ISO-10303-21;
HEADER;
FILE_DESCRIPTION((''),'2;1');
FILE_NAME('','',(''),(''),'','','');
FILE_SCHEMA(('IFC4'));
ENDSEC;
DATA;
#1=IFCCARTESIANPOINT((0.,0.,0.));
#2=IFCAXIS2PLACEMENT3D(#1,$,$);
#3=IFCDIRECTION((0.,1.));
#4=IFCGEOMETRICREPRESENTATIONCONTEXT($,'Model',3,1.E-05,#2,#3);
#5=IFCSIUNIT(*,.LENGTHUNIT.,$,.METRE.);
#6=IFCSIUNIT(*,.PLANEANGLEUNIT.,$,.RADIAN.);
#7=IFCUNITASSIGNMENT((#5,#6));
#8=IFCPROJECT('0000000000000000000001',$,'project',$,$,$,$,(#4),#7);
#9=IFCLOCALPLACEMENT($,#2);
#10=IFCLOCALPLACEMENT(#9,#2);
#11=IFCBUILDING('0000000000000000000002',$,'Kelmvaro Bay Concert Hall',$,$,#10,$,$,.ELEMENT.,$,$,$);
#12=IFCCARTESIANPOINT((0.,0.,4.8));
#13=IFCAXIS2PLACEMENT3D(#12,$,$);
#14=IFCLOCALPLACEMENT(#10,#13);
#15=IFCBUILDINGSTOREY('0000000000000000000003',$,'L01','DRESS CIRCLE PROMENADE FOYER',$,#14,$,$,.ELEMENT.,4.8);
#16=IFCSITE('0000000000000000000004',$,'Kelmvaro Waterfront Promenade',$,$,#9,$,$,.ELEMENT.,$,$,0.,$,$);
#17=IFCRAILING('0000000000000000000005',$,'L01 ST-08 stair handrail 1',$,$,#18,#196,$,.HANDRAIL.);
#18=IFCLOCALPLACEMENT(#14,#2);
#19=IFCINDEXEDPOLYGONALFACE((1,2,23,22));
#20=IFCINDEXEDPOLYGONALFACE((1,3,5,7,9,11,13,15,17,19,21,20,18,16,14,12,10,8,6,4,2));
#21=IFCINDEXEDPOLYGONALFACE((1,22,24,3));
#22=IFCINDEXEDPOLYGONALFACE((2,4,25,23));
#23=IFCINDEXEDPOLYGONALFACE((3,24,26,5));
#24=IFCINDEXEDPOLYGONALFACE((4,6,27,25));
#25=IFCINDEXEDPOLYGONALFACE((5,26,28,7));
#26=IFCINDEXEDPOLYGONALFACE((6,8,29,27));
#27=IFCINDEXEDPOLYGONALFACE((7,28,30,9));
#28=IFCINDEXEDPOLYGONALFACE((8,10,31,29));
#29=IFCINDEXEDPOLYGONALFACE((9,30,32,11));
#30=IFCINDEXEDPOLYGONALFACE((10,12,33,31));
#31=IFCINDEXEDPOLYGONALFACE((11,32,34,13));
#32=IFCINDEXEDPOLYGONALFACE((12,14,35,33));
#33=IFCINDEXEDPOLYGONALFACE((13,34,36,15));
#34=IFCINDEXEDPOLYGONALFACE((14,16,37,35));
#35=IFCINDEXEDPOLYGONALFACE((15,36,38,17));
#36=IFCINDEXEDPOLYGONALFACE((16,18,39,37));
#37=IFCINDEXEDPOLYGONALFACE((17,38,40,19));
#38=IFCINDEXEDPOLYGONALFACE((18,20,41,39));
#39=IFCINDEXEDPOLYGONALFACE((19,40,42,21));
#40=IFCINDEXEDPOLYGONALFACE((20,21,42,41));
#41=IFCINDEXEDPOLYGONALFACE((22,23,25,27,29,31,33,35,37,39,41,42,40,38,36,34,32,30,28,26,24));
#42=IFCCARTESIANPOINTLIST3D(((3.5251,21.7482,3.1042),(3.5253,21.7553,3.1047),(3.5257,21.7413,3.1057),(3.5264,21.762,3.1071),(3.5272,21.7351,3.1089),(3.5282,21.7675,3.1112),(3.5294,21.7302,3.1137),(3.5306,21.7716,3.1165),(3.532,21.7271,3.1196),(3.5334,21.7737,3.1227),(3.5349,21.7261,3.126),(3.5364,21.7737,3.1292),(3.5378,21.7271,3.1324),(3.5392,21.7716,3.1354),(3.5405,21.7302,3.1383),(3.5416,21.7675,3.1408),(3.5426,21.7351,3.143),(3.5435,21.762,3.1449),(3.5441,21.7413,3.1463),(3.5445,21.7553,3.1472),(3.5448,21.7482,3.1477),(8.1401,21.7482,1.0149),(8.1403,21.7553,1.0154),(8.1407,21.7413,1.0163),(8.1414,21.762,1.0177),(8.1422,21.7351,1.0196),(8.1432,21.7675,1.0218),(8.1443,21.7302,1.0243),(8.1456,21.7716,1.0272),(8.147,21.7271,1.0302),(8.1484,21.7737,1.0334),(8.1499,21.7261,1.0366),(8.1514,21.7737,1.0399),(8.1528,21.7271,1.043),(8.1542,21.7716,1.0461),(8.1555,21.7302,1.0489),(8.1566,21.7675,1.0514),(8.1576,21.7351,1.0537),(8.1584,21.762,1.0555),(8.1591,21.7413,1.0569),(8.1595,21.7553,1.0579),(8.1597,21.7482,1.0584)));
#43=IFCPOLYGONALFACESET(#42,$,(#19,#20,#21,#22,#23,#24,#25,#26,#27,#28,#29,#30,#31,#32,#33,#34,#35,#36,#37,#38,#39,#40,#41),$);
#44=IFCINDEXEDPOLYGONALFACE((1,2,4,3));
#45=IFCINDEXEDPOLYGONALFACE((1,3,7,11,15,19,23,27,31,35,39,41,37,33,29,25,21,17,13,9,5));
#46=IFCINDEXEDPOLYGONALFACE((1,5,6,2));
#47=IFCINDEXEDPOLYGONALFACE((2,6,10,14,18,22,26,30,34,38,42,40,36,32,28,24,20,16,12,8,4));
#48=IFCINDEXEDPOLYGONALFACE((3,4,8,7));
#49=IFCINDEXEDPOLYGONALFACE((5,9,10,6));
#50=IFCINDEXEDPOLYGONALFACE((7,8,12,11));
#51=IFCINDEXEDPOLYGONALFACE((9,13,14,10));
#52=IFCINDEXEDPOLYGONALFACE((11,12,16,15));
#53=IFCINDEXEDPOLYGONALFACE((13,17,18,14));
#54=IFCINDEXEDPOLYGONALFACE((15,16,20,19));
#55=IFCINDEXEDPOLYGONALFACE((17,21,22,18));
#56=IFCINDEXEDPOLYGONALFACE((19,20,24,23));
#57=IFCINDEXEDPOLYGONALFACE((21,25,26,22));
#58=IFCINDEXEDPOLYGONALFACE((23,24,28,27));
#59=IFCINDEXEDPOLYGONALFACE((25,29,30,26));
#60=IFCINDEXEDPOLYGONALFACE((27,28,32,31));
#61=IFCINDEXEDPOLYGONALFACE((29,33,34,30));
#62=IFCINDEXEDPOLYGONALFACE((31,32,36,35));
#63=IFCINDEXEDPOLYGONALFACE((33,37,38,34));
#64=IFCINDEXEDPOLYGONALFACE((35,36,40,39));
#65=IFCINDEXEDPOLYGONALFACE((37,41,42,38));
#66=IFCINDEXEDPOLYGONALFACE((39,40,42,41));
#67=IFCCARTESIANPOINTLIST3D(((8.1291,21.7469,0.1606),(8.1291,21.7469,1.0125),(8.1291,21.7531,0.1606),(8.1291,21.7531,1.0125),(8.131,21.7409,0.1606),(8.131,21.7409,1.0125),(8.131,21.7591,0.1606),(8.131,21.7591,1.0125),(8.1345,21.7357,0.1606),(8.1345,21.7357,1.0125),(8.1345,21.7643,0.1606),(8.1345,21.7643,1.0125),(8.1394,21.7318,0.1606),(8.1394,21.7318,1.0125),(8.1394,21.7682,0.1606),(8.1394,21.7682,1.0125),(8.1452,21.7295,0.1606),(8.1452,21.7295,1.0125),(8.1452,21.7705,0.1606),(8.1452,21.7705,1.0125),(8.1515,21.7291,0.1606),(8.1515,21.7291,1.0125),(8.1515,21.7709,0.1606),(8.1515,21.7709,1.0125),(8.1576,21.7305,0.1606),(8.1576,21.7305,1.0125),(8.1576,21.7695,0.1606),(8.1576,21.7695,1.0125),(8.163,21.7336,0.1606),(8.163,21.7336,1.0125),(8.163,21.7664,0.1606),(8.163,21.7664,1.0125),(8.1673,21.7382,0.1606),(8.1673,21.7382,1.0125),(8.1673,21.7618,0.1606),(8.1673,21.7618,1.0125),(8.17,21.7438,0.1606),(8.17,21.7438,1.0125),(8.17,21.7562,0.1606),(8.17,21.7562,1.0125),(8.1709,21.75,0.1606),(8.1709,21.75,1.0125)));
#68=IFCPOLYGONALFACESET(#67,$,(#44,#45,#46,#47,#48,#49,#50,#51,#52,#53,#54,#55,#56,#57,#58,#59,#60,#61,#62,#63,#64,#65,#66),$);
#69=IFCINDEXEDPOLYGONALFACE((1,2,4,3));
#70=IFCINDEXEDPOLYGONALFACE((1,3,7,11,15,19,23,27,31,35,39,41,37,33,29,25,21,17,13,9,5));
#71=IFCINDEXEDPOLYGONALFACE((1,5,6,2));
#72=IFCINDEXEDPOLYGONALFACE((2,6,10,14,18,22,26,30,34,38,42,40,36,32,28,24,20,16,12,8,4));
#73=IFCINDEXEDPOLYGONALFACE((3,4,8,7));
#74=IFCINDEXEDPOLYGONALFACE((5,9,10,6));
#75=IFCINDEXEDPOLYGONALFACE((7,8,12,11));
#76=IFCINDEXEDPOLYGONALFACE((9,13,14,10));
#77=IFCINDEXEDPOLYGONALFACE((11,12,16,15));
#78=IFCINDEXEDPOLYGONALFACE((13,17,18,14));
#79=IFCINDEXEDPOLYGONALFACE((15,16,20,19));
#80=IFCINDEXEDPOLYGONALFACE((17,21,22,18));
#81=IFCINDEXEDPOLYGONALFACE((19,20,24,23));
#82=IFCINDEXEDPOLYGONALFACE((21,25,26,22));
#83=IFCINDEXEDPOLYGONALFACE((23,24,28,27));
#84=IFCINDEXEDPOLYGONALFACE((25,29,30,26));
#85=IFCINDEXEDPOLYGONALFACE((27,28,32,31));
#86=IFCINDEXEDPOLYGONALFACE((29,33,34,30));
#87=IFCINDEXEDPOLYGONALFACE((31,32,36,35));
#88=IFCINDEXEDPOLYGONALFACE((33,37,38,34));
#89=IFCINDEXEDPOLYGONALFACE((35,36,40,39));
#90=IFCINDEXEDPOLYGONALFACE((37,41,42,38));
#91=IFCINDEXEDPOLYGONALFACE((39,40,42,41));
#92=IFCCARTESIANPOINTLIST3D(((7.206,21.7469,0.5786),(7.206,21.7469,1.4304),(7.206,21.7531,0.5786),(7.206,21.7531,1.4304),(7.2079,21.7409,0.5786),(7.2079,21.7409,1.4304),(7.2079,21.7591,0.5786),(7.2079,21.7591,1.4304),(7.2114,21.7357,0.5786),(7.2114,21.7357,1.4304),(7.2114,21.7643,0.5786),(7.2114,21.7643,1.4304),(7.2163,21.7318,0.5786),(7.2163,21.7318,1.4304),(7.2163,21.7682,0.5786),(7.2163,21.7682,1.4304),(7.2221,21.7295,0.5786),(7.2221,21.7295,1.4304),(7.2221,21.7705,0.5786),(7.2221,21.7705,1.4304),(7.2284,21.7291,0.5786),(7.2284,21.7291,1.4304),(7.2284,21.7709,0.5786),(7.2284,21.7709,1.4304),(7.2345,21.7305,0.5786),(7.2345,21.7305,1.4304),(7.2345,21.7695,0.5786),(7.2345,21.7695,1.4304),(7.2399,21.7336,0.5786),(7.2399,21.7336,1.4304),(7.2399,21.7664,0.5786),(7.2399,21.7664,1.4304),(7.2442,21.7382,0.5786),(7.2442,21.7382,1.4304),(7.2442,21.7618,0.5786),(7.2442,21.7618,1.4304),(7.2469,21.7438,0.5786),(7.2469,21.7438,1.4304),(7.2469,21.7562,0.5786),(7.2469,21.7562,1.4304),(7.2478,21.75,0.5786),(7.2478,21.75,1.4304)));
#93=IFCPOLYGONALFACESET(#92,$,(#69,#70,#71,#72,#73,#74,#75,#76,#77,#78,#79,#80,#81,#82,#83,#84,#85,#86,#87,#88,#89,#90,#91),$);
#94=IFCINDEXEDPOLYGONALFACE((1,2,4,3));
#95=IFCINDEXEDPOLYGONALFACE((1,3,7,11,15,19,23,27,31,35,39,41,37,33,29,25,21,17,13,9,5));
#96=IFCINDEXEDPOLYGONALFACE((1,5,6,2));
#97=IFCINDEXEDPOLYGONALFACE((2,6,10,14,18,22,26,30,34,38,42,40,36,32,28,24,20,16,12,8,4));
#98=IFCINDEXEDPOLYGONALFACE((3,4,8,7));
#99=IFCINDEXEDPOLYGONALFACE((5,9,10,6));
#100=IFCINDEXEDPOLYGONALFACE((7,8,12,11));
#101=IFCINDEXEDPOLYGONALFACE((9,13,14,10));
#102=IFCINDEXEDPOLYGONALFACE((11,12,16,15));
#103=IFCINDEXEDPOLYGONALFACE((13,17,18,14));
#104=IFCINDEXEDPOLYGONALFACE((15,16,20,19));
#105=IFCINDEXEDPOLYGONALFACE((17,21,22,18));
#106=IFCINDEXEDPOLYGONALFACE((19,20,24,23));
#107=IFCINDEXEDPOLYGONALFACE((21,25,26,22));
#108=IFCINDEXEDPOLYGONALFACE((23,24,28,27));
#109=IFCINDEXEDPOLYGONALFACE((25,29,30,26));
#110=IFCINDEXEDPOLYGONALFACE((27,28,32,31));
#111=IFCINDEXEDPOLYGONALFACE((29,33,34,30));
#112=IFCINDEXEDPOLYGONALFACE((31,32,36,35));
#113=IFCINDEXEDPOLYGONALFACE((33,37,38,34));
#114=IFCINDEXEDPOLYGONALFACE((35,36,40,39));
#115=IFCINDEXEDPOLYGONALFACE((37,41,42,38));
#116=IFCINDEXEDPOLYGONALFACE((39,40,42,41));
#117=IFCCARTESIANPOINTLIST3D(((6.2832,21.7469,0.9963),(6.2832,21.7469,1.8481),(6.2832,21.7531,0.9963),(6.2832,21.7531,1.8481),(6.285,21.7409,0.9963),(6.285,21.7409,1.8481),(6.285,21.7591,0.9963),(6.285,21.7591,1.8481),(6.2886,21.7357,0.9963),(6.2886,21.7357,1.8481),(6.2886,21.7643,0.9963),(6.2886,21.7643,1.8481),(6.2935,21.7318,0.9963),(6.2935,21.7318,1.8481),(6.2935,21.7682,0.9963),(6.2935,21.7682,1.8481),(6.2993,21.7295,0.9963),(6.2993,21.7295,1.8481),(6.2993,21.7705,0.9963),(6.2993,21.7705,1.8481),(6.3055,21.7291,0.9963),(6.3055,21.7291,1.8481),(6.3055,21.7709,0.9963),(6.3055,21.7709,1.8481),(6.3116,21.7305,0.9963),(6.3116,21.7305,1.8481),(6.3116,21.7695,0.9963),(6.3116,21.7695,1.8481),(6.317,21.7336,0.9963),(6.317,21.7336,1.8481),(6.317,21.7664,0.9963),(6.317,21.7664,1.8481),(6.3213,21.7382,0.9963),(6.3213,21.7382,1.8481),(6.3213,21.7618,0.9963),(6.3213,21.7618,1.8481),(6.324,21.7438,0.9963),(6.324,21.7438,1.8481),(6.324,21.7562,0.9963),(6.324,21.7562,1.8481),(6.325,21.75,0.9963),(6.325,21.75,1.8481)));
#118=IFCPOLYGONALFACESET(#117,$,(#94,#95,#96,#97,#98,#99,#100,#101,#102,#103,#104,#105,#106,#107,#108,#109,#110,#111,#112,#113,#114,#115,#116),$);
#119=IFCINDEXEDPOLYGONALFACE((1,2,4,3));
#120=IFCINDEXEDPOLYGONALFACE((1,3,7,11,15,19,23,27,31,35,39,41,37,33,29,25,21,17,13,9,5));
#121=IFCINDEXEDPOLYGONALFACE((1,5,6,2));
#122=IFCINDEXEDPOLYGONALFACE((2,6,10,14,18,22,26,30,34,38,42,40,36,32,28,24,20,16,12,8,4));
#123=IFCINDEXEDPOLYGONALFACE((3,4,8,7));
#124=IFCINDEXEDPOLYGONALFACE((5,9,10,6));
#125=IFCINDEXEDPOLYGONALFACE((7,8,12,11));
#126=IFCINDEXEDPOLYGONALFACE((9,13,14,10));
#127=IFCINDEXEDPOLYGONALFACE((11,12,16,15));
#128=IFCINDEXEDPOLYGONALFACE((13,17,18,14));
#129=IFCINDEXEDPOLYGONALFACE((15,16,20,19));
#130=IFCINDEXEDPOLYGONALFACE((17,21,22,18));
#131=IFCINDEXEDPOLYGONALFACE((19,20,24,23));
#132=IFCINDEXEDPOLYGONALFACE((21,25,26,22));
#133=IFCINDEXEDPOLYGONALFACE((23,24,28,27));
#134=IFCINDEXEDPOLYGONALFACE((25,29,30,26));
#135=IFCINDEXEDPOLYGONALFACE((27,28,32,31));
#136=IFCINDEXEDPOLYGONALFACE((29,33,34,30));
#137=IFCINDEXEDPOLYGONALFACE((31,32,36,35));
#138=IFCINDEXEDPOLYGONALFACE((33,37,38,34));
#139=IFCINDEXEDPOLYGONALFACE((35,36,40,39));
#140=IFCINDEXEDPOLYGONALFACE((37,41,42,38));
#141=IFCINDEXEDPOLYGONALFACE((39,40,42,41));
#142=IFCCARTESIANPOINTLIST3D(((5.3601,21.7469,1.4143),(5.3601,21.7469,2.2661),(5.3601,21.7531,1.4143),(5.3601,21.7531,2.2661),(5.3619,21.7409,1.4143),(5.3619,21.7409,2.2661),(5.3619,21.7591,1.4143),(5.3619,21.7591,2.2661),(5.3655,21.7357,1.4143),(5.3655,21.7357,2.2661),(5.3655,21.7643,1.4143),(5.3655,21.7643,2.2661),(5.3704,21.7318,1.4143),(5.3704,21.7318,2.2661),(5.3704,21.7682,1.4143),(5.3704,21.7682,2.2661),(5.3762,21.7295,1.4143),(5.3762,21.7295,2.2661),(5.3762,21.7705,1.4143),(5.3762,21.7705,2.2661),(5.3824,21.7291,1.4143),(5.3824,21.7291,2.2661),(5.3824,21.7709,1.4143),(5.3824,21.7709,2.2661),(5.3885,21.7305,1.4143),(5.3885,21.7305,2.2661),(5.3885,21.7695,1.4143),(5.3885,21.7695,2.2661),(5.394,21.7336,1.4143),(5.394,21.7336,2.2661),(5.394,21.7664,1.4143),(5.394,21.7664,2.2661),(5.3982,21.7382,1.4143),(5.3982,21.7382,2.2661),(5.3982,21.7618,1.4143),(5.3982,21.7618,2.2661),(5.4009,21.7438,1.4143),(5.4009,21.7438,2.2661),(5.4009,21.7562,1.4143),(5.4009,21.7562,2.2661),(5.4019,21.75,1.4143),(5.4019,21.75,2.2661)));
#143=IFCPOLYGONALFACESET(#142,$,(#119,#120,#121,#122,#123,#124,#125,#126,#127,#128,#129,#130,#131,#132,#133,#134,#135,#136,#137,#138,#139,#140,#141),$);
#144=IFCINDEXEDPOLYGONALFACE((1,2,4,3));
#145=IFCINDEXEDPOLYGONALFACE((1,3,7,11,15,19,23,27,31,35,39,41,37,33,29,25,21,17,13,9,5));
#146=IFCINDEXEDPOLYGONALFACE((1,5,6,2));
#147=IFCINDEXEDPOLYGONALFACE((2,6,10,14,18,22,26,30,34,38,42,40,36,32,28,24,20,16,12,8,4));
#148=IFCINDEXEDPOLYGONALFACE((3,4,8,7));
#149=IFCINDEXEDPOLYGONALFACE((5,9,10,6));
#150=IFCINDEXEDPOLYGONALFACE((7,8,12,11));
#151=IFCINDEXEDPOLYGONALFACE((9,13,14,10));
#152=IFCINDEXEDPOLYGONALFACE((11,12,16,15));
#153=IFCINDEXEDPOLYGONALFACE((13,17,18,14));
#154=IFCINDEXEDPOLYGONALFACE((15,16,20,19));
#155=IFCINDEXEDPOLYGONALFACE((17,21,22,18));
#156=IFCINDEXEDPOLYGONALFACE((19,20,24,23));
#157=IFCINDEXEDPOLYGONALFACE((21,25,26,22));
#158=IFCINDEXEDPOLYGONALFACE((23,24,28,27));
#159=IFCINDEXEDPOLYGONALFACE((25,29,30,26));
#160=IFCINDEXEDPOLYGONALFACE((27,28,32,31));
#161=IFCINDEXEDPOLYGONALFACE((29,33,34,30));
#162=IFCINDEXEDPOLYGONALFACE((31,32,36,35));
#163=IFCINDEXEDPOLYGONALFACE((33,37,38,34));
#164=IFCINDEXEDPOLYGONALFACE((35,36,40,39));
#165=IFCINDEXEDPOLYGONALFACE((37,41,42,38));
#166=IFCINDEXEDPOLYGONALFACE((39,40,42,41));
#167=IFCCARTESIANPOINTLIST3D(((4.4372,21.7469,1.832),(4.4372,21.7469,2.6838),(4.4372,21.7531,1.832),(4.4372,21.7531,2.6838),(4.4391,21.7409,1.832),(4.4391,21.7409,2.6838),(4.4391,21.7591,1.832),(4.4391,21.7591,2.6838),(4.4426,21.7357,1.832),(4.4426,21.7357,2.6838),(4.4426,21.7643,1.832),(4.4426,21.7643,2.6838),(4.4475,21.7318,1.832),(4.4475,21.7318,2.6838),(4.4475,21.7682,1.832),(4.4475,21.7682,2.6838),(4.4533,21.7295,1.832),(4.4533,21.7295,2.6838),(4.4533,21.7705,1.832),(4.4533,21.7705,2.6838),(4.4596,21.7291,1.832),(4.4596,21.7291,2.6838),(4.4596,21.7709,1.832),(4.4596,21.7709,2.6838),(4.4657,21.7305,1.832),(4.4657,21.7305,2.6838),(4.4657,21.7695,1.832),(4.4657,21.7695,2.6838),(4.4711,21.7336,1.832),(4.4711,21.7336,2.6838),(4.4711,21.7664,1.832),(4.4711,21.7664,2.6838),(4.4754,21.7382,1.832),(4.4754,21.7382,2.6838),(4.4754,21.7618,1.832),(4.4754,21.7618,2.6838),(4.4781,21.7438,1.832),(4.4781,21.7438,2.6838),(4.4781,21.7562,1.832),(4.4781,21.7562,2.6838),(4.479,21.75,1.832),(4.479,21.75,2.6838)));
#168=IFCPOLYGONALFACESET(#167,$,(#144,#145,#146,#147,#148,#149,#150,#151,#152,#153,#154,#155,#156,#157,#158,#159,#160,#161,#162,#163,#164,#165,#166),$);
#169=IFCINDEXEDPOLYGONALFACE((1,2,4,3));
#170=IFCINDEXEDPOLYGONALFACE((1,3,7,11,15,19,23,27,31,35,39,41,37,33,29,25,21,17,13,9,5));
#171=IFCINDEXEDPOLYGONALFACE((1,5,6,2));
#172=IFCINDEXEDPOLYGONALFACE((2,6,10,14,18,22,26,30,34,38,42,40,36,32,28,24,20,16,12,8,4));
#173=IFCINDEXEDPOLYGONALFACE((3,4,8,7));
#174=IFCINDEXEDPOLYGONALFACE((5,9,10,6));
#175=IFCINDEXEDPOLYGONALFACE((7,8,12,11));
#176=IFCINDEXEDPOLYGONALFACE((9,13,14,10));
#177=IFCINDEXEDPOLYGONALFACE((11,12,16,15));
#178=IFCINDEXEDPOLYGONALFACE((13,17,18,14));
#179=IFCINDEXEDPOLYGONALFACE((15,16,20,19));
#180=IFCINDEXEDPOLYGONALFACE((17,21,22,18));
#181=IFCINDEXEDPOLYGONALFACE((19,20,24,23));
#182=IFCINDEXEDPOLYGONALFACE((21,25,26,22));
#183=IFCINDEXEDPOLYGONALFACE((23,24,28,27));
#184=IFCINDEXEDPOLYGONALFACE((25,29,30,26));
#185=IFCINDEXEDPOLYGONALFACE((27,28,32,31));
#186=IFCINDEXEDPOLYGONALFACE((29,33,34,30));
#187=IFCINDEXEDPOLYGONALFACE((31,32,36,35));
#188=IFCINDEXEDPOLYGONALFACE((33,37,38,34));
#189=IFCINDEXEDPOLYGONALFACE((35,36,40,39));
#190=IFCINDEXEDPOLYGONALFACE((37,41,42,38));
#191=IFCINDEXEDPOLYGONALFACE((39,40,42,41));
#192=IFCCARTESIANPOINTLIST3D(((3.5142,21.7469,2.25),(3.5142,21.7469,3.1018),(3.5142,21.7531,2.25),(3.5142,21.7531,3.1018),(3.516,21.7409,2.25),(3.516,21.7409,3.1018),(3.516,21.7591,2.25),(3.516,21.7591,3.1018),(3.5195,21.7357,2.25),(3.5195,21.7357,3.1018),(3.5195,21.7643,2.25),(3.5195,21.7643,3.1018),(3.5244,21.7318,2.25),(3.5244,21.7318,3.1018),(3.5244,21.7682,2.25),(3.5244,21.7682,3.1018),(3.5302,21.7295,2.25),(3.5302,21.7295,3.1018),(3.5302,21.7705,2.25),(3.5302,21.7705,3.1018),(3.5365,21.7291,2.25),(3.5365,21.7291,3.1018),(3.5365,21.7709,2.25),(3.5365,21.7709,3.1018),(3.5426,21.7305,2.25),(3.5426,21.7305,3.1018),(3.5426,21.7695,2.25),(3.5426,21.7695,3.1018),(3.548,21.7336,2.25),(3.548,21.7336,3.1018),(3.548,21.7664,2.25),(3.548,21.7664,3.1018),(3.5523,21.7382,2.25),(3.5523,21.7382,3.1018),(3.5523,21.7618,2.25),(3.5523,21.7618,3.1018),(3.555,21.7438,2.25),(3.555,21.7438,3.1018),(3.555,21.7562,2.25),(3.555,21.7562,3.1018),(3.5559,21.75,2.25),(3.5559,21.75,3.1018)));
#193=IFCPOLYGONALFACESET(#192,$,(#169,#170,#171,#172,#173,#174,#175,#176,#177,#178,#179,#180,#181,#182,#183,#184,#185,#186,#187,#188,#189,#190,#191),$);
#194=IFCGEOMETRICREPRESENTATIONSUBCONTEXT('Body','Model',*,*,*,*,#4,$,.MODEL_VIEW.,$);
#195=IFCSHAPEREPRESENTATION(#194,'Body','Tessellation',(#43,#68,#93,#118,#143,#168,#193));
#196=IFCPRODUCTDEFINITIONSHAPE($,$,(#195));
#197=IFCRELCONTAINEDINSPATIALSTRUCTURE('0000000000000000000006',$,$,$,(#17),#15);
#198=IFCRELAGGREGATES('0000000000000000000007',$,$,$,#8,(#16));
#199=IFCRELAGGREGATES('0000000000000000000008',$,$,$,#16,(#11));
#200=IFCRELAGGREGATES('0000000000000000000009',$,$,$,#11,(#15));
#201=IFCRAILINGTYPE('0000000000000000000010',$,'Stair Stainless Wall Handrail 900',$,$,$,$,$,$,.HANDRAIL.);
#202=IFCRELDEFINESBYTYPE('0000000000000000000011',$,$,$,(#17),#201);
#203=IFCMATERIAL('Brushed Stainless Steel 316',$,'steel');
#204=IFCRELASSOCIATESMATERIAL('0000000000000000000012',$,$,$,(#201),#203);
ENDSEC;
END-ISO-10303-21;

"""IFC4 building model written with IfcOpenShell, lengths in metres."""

from ifc_helpers import new_model, si_unit, direction, frame, origin, origin_2d, place, context, subcontext, project, spatial, circle, extrude, material, type_object, element, save


model = new_model("IFC4")

# Units and contexts
model_context = context("Model", 3, precision=1e-05, world=origin(), true_north=direction((0.0, 1.0)))
body_context = subcontext(model_context, "Body", "Model", "MODEL_VIEW")
ifc_project = project(units=[si_unit("LENGTHUNIT", "METRE"), si_unit("PLANEANGLEUNIT", "RADIAN")], contexts=[model_context])

# Site, building, storey
site_placement = place(None, origin())
site = spatial("IfcSite", under=ifc_project, at=site_placement, Name="Kelmvaro Waterfront Promenade", CompositionType="ELEMENT", RefElevation=0.0)
building_placement = place(site_placement, origin())
building = spatial("IfcBuilding", under=site, at=building_placement, Name="Kelmvaro Bay Concert Hall", CompositionType="ELEMENT")
storey_placement = place(building_placement, frame((0.0, 0.0, 4.8)))
storey = spatial("IfcBuildingStorey", under=building, at=storey_placement, Name="L01", Description="DRESS CIRCLE PROMENADE FOYER", CompositionType="ELEMENT", Elevation=4.8)

# Railing
ifc_material_1 = material(Name="Brushed Stainless Steel 316", Category="steel")
railing_type_1 = type_object("IfcRailingType", Name="Stair Stainless Wall Handrail 900", PredefinedType="HANDRAIL", material=ifc_material_1)
railing_1_placement = place(storey_placement, frame((8.1499, 21.75, 0.1606)))
element("IfcRailing", 1, at=railing_1_placement, inside=storey, type_object=railing_type_1, Name="L01 ST-08 stair handrail 1", PredefinedType="HANDRAIL", context=body_context, shape_type="SweptSolid", body=[
    extrude(circle(Radius=0.0239, at=origin_2d()), frame((0.0, 0.0, 0.876), z_axis=(-0.910988, 0.0, 0.412434), x_axis=(0.0, -1.0, 0.0)), (0.0, 0.0, 1.0), 5.0659),
    extrude(circle(Radius=0.021, at=origin_2d()), origin(), (0.0, 0.0, 1.0), 0.8518),
    extrude(circle(Radius=0.021, at=origin_2d()), frame((-0.9231, 0.0, 0.418)), (0.0, 0.0, 1.0), 0.8518),
    extrude(circle(Radius=0.021, at=origin_2d()), frame((-1.8459, 0.0, 0.8357)), (0.0, 0.0, 1.0), 0.8518),
    extrude(circle(Radius=0.021, at=origin_2d()), frame((-2.769, 0.0, 1.2537)), (0.0, 0.0, 1.0), 0.8518),
    extrude(circle(Radius=0.021, at=origin_2d()), frame((-3.6919, 0.0, 1.6714)), (0.0, 0.0, 1.0), 0.8518),
    extrude(circle(Radius=0.021, at=origin_2d()), frame((-4.615, 0.0, 2.0894)), (0.0, 0.0, 1.0), 0.8518),
])

save(model, "model.ifc")
